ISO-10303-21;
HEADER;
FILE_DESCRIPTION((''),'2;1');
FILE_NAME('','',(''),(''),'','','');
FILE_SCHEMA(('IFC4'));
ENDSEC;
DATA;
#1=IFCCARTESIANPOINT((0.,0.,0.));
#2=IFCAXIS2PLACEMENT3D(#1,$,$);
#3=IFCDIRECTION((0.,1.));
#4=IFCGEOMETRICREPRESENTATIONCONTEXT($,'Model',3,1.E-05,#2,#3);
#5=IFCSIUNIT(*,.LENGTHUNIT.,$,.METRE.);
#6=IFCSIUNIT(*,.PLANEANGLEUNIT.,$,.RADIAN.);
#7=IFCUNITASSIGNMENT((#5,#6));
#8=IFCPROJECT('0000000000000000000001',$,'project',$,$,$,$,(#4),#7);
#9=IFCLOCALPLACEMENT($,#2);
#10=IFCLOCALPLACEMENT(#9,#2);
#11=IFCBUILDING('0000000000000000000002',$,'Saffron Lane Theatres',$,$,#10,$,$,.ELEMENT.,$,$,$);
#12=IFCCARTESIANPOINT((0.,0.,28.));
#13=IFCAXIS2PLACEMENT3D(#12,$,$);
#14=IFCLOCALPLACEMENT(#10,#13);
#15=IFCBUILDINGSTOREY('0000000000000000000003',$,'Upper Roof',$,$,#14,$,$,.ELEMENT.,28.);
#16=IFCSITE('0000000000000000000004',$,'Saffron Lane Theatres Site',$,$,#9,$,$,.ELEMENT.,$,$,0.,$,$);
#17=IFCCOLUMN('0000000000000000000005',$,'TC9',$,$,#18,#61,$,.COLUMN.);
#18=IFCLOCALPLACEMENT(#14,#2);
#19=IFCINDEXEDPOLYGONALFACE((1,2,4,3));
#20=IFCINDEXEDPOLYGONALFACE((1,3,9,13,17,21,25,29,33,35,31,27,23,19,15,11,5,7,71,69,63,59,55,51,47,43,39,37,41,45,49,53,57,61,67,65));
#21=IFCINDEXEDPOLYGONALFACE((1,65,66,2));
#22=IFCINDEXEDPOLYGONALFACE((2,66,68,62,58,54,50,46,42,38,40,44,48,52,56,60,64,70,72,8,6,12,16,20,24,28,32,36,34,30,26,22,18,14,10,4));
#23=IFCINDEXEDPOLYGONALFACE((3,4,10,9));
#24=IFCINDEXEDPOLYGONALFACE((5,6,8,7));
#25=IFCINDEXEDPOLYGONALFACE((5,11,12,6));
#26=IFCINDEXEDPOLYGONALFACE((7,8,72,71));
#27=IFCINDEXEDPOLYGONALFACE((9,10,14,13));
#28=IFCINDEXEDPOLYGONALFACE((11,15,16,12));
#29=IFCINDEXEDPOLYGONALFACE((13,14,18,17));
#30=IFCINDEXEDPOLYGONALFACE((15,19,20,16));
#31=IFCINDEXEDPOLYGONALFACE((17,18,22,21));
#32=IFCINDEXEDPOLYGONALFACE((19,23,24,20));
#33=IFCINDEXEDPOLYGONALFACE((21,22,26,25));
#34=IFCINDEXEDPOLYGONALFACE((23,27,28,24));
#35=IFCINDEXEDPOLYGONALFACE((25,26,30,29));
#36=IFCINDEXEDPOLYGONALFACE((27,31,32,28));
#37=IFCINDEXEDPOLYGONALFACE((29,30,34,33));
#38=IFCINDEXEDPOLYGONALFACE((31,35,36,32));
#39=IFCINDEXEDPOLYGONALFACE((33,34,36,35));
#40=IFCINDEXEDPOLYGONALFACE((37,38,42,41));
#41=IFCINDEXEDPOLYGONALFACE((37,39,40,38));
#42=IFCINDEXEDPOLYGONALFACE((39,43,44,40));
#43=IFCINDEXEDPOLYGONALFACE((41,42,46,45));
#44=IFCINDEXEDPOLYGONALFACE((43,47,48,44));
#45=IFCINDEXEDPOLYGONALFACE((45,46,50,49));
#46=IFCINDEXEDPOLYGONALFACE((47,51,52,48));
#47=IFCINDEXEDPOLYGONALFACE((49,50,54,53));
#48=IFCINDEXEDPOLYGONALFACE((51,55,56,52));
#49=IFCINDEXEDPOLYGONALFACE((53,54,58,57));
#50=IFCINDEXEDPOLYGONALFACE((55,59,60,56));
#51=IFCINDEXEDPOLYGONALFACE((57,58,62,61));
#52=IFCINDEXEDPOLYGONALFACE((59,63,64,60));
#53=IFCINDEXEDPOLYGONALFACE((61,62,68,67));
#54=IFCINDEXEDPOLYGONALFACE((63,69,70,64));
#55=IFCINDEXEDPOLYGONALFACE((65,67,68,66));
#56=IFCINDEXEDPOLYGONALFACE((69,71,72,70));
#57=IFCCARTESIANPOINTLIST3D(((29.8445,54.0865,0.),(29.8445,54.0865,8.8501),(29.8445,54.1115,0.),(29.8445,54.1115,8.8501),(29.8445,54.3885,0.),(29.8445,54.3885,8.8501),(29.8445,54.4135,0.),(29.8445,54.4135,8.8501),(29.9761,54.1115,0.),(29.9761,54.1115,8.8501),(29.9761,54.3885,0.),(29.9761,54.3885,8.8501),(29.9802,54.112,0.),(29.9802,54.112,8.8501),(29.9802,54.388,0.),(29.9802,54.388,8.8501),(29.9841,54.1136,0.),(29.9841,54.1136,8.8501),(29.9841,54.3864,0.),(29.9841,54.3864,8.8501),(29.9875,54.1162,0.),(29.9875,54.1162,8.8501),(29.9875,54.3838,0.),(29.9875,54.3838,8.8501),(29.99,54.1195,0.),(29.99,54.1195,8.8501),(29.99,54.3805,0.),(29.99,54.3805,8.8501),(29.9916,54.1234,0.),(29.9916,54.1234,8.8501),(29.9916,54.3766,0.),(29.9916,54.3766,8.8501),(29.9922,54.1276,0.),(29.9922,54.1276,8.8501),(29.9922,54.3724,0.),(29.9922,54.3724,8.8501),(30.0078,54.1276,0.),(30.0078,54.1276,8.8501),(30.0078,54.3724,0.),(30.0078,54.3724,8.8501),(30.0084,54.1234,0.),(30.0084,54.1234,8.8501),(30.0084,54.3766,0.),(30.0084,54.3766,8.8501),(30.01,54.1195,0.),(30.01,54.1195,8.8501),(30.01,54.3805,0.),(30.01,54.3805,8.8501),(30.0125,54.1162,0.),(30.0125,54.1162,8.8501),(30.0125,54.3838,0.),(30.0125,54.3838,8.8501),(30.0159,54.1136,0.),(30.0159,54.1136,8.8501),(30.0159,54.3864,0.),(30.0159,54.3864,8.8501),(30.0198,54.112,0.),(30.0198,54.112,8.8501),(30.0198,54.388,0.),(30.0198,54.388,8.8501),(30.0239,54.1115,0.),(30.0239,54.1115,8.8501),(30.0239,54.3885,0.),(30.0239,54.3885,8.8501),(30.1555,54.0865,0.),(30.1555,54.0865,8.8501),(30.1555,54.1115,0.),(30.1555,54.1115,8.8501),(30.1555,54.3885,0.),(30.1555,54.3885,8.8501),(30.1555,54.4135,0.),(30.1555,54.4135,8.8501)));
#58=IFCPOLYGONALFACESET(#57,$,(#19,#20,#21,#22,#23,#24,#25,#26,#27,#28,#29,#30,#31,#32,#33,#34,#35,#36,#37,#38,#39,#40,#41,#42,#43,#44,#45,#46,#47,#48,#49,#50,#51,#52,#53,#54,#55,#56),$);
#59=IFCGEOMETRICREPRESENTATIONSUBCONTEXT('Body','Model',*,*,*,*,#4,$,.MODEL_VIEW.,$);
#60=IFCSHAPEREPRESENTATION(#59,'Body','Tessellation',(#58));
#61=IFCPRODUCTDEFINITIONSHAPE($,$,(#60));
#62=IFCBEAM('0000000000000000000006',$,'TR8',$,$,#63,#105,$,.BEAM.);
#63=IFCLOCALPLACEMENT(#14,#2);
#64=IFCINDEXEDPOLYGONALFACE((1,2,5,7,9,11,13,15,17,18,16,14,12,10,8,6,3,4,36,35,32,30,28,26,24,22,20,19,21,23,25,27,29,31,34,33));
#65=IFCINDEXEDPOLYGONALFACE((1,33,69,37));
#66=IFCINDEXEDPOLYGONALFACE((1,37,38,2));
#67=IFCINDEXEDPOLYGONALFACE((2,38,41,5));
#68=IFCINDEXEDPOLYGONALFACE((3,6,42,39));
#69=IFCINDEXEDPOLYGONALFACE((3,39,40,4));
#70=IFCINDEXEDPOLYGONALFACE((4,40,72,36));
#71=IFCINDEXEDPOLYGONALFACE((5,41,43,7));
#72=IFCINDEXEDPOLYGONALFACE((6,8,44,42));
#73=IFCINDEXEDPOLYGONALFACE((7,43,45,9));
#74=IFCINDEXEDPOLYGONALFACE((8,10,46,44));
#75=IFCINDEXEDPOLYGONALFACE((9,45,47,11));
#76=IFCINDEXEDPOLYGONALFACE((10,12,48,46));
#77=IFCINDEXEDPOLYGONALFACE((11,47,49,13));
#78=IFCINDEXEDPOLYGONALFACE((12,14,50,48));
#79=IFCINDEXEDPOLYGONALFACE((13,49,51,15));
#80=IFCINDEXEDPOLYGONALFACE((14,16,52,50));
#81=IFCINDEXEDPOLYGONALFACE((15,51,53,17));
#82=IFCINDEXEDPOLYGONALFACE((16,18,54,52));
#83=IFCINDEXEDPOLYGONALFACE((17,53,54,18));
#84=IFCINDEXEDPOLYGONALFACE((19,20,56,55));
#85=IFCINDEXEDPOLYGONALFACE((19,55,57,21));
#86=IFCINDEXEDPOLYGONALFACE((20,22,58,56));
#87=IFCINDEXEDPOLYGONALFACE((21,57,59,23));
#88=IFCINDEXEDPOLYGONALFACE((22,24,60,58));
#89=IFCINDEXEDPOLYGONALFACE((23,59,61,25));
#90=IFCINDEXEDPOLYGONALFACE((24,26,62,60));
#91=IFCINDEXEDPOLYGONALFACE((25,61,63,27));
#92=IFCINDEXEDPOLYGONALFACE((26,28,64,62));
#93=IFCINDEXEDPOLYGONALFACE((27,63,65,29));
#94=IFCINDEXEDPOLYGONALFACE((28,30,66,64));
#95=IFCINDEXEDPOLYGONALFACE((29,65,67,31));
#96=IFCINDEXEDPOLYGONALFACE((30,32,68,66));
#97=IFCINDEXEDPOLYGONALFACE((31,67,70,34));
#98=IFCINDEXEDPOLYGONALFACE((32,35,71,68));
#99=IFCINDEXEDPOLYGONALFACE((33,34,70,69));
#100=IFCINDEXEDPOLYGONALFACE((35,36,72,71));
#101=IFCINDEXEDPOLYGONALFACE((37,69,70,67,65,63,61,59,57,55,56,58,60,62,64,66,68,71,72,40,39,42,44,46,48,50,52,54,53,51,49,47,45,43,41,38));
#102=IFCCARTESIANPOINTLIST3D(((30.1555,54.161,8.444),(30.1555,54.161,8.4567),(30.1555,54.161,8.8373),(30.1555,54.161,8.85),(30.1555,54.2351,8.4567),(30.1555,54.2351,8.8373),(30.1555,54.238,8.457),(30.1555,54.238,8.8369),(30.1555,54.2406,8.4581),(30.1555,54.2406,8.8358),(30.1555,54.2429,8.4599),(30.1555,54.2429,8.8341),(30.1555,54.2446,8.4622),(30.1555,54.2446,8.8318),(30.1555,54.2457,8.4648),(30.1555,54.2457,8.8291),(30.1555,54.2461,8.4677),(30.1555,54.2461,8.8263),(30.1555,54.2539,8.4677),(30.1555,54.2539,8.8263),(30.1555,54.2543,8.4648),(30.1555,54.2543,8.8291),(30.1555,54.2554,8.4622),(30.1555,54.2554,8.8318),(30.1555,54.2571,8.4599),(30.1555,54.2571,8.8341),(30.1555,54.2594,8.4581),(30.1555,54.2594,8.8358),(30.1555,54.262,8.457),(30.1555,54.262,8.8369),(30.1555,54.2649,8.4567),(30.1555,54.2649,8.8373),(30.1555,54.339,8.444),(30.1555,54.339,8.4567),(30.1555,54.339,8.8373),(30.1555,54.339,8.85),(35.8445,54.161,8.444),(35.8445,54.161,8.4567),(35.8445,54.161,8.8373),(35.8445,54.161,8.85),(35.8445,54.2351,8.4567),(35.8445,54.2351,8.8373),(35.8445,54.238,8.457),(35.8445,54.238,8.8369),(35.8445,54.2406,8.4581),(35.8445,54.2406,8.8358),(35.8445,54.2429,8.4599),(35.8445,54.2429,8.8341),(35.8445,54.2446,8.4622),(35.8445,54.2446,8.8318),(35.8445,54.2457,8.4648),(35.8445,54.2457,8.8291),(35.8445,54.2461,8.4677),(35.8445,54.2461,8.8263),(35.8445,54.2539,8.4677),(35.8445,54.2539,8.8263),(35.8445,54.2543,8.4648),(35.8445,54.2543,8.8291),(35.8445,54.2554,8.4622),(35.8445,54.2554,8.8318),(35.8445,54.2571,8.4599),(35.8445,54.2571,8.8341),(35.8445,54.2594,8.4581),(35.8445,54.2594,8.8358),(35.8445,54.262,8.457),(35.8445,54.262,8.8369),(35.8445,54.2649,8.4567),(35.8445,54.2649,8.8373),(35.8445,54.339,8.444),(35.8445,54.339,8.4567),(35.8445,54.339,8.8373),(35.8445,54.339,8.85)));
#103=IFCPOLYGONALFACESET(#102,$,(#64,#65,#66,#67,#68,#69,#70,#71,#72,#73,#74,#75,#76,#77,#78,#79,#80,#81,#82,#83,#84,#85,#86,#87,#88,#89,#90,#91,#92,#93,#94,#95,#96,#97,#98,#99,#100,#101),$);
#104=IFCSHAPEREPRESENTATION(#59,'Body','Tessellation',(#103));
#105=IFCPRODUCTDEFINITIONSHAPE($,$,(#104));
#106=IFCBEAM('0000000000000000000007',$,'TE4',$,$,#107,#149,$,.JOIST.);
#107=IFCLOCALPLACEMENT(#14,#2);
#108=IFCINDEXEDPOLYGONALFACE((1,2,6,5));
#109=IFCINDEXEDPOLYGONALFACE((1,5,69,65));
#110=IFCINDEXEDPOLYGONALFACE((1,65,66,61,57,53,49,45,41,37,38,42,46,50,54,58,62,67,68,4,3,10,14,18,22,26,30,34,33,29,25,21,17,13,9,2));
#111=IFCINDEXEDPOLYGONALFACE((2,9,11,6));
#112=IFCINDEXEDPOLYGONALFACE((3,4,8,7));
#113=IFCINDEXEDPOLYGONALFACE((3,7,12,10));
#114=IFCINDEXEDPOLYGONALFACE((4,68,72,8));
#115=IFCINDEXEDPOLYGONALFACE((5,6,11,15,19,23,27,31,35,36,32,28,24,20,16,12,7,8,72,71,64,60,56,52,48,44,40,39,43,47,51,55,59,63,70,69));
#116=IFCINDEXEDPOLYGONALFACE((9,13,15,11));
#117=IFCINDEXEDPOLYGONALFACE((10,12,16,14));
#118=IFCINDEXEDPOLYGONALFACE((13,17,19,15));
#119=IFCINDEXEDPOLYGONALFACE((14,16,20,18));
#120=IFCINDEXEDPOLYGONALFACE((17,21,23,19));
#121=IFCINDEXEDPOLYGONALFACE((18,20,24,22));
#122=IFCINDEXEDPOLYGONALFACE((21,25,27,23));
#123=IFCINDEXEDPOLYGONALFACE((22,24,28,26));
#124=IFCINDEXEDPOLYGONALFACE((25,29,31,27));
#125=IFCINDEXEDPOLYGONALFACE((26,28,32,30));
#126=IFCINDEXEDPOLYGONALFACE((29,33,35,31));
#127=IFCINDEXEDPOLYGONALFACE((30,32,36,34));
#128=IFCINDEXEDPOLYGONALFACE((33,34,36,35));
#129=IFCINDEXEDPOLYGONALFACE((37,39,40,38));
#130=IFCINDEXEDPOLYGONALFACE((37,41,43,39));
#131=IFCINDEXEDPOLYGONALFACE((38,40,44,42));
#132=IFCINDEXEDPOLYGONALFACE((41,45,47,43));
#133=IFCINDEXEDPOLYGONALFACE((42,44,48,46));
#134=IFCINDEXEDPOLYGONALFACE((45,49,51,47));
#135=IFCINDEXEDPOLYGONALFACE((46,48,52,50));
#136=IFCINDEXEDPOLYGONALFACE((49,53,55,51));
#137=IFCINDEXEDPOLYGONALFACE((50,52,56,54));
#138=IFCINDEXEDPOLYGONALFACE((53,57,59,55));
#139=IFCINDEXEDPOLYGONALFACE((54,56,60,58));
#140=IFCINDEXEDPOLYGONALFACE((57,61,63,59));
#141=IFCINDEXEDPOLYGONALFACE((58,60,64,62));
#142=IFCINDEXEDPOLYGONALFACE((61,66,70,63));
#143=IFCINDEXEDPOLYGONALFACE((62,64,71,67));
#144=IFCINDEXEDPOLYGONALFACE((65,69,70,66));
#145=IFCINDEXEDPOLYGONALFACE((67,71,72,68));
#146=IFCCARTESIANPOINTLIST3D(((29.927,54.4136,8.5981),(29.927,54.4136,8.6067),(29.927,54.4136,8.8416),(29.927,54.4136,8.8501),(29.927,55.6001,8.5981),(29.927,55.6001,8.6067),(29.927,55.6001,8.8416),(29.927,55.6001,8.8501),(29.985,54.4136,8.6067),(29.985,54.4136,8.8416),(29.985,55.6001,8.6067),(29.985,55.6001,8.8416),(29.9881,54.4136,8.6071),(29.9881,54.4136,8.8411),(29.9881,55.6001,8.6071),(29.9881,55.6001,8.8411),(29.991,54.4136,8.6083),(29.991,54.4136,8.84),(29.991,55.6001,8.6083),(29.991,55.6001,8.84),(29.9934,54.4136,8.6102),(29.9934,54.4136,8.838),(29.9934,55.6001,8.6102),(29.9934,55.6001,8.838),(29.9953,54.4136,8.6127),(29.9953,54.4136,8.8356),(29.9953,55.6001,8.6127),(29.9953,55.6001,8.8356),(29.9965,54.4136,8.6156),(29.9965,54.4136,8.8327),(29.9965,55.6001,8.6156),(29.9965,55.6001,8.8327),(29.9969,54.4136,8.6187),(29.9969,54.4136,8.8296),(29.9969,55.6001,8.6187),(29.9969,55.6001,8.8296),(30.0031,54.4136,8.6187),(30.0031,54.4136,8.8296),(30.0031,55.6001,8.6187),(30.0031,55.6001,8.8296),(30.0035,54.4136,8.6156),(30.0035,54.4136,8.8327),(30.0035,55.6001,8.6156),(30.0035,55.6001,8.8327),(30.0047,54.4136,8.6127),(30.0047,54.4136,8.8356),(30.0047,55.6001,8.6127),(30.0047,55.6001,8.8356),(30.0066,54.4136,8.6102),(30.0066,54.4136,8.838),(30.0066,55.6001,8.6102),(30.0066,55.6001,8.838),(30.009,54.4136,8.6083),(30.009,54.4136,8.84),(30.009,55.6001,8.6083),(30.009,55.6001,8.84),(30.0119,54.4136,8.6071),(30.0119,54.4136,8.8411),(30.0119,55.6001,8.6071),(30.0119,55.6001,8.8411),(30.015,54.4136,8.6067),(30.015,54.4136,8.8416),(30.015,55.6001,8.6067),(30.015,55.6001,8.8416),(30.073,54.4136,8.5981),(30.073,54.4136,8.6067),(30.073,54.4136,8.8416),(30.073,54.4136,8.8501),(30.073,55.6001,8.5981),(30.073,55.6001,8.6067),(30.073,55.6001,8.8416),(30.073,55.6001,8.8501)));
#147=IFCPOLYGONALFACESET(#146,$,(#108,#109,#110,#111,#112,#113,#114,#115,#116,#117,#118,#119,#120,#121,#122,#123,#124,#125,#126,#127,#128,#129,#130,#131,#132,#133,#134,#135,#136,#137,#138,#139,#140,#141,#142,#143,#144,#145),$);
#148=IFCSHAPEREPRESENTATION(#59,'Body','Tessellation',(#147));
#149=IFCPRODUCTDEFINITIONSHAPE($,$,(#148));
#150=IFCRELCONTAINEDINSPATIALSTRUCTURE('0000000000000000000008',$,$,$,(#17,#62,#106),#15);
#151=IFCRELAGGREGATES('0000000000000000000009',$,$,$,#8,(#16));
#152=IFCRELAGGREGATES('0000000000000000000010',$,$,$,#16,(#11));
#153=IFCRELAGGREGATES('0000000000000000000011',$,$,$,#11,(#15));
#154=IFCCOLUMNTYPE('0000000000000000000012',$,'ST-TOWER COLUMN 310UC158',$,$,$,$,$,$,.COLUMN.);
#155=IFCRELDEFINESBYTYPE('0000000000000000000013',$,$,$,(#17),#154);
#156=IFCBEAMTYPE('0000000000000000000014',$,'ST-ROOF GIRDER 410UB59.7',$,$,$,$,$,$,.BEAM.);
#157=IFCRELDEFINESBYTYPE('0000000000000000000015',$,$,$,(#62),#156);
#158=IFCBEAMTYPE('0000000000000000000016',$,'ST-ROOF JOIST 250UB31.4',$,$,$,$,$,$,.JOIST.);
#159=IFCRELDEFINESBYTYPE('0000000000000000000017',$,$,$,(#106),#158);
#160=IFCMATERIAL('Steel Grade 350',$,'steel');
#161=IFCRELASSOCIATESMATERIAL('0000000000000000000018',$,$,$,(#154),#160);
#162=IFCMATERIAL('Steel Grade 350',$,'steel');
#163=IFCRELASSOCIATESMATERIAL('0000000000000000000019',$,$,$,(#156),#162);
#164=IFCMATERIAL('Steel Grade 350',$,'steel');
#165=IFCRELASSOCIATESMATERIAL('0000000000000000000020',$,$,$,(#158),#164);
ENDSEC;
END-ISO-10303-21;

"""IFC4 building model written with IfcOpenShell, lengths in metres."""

from ifc_helpers import new_model, si_unit, direction, frame, origin, origin_2d, place, context, subcontext, project, spatial, i_section, extrude, material, material_profile, profile_set, type_object, element, save


model = new_model("IFC4")

# Units and contexts
model_context = context("Model", 3, precision=1e-05, world=origin(), true_north=direction((0.0, 1.0)))
body_context = subcontext(model_context, "Body", "Model", "MODEL_VIEW")
ifc_project = project(units=[si_unit("LENGTHUNIT", "METRE"), si_unit("PLANEANGLEUNIT", "RADIAN")], contexts=[model_context])

# Site, building, storey
site_placement = place(None, origin())
site = spatial("IfcSite", under=ifc_project, at=site_placement, Name="Saffron Lane Theatres Site", CompositionType="ELEMENT", RefElevation=0.0)
building_placement = place(site_placement, origin())
building = spatial("IfcBuilding", under=site, at=building_placement, Name="Saffron Lane Theatres", CompositionType="ELEMENT")
storey_placement = place(building_placement, frame((0.0, 0.0, 28.0)))
storey = spatial("IfcBuildingStorey", under=building, at=storey_placement, Name="Upper Roof", CompositionType="ELEMENT", Elevation=28.0)

# Column
ifc_material_1 = material(Name="Steel Grade 350", Category="steel")
ifc_material_profile_1 = material_profile(ifc_material_1, i_section(OverallWidth=0.311, OverallDepth=0.3269, WebThickness=0.0156, FlangeThickness=0.0249, FilletRadius=0.0161, at=origin_2d()))
ifc_profile_set_1 = profile_set([ifc_material_profile_1], Name="Steel Grade 350")
column_type = type_object("IfcColumnType", Name="ST-TOWER COLUMN 310UC158", PredefinedType="COLUMN", material=ifc_profile_set_1)
column_placement = place(storey_placement, frame((30.0, 54.25, 0.0), z_axis=(0.0, 0.0, 1.0), x_axis=(1.0, 0.0, 0.0)))
element("IfcColumn", 1, at=column_placement, inside=storey, type_object=column_type, Name="TC9", PredefinedType="COLUMN", context=body_context, shape_type="SweptSolid", body=[
    extrude(i_section(OverallWidth=0.311, OverallDepth=0.3269, WebThickness=0.0156, FlangeThickness=0.0249, FilletRadius=0.0161, at=origin_2d()), origin(), (0.0, 0.0, 1.0), 8.8501),
])

# Beams
ifc_material_2 = material(Name="Steel Grade 350", Category="steel")
ifc_material_profile_2 = material_profile(ifc_material_2, i_section(OverallWidth=0.178, OverallDepth=0.406, WebThickness=0.0078, FlangeThickness=0.0127, FilletRadius=0.011, at=origin_2d()))
ifc_profile_set_2 = profile_set([ifc_material_profile_2], Name="Steel Grade 350")
beam_type_1 = type_object("IfcBeamType", Name="ST-ROOF GIRDER 410UB59.7", PredefinedType="BEAM", material=ifc_profile_set_2)
beam_1_placement = place(storey_placement, frame((30.1555, 54.25, 8.647), z_axis=(1.0, 0.0, 0.0), x_axis=(0.0, 1.0, 0.0)))
element("IfcBeam", 2, at=beam_1_placement, inside=storey, type_object=beam_type_1, Name="TR8", PredefinedType="BEAM", context=body_context, shape_type="SweptSolid", body=[
    extrude(i_section(OverallWidth=0.178, OverallDepth=0.406, WebThickness=0.0078, FlangeThickness=0.0127, FilletRadius=0.011, at=origin_2d()), origin(), (0.0, 0.0, 1.0), 5.689),
])
ifc_material_3 = material(Name="Steel Grade 350", Category="steel")
ifc_material_profile_3 = material_profile(ifc_material_3, i_section(OverallWidth=0.146, OverallDepth=0.252, WebThickness=0.0061, FlangeThickness=0.0085, FilletRadius=0.012, at=origin_2d()))
ifc_profile_set_3 = profile_set([ifc_material_profile_3], Name="Steel Grade 350")
beam_type_2 = type_object("IfcBeamType", Name="ST-ROOF JOIST 250UB31.4", PredefinedType="JOIST", material=ifc_profile_set_3)
beam_2_placement = place(storey_placement, frame((30.0, 54.4136, 8.7241), z_axis=(0.0, 1.0, 0.0), x_axis=(-1.0, 0.0, 0.0)))
element("IfcBeam", 3, at=beam_2_placement, inside=storey, type_object=beam_type_2, Name="TE4", PredefinedType="JOIST", context=body_context, shape_type="SweptSolid", body=[
    extrude(i_section(OverallWidth=0.146, OverallDepth=0.252, WebThickness=0.0061, FlangeThickness=0.0085, FilletRadius=0.012, at=origin_2d()), origin(), (0.0, 0.0, 1.0), 1.1865),
])

save(model, "model.ifc")
